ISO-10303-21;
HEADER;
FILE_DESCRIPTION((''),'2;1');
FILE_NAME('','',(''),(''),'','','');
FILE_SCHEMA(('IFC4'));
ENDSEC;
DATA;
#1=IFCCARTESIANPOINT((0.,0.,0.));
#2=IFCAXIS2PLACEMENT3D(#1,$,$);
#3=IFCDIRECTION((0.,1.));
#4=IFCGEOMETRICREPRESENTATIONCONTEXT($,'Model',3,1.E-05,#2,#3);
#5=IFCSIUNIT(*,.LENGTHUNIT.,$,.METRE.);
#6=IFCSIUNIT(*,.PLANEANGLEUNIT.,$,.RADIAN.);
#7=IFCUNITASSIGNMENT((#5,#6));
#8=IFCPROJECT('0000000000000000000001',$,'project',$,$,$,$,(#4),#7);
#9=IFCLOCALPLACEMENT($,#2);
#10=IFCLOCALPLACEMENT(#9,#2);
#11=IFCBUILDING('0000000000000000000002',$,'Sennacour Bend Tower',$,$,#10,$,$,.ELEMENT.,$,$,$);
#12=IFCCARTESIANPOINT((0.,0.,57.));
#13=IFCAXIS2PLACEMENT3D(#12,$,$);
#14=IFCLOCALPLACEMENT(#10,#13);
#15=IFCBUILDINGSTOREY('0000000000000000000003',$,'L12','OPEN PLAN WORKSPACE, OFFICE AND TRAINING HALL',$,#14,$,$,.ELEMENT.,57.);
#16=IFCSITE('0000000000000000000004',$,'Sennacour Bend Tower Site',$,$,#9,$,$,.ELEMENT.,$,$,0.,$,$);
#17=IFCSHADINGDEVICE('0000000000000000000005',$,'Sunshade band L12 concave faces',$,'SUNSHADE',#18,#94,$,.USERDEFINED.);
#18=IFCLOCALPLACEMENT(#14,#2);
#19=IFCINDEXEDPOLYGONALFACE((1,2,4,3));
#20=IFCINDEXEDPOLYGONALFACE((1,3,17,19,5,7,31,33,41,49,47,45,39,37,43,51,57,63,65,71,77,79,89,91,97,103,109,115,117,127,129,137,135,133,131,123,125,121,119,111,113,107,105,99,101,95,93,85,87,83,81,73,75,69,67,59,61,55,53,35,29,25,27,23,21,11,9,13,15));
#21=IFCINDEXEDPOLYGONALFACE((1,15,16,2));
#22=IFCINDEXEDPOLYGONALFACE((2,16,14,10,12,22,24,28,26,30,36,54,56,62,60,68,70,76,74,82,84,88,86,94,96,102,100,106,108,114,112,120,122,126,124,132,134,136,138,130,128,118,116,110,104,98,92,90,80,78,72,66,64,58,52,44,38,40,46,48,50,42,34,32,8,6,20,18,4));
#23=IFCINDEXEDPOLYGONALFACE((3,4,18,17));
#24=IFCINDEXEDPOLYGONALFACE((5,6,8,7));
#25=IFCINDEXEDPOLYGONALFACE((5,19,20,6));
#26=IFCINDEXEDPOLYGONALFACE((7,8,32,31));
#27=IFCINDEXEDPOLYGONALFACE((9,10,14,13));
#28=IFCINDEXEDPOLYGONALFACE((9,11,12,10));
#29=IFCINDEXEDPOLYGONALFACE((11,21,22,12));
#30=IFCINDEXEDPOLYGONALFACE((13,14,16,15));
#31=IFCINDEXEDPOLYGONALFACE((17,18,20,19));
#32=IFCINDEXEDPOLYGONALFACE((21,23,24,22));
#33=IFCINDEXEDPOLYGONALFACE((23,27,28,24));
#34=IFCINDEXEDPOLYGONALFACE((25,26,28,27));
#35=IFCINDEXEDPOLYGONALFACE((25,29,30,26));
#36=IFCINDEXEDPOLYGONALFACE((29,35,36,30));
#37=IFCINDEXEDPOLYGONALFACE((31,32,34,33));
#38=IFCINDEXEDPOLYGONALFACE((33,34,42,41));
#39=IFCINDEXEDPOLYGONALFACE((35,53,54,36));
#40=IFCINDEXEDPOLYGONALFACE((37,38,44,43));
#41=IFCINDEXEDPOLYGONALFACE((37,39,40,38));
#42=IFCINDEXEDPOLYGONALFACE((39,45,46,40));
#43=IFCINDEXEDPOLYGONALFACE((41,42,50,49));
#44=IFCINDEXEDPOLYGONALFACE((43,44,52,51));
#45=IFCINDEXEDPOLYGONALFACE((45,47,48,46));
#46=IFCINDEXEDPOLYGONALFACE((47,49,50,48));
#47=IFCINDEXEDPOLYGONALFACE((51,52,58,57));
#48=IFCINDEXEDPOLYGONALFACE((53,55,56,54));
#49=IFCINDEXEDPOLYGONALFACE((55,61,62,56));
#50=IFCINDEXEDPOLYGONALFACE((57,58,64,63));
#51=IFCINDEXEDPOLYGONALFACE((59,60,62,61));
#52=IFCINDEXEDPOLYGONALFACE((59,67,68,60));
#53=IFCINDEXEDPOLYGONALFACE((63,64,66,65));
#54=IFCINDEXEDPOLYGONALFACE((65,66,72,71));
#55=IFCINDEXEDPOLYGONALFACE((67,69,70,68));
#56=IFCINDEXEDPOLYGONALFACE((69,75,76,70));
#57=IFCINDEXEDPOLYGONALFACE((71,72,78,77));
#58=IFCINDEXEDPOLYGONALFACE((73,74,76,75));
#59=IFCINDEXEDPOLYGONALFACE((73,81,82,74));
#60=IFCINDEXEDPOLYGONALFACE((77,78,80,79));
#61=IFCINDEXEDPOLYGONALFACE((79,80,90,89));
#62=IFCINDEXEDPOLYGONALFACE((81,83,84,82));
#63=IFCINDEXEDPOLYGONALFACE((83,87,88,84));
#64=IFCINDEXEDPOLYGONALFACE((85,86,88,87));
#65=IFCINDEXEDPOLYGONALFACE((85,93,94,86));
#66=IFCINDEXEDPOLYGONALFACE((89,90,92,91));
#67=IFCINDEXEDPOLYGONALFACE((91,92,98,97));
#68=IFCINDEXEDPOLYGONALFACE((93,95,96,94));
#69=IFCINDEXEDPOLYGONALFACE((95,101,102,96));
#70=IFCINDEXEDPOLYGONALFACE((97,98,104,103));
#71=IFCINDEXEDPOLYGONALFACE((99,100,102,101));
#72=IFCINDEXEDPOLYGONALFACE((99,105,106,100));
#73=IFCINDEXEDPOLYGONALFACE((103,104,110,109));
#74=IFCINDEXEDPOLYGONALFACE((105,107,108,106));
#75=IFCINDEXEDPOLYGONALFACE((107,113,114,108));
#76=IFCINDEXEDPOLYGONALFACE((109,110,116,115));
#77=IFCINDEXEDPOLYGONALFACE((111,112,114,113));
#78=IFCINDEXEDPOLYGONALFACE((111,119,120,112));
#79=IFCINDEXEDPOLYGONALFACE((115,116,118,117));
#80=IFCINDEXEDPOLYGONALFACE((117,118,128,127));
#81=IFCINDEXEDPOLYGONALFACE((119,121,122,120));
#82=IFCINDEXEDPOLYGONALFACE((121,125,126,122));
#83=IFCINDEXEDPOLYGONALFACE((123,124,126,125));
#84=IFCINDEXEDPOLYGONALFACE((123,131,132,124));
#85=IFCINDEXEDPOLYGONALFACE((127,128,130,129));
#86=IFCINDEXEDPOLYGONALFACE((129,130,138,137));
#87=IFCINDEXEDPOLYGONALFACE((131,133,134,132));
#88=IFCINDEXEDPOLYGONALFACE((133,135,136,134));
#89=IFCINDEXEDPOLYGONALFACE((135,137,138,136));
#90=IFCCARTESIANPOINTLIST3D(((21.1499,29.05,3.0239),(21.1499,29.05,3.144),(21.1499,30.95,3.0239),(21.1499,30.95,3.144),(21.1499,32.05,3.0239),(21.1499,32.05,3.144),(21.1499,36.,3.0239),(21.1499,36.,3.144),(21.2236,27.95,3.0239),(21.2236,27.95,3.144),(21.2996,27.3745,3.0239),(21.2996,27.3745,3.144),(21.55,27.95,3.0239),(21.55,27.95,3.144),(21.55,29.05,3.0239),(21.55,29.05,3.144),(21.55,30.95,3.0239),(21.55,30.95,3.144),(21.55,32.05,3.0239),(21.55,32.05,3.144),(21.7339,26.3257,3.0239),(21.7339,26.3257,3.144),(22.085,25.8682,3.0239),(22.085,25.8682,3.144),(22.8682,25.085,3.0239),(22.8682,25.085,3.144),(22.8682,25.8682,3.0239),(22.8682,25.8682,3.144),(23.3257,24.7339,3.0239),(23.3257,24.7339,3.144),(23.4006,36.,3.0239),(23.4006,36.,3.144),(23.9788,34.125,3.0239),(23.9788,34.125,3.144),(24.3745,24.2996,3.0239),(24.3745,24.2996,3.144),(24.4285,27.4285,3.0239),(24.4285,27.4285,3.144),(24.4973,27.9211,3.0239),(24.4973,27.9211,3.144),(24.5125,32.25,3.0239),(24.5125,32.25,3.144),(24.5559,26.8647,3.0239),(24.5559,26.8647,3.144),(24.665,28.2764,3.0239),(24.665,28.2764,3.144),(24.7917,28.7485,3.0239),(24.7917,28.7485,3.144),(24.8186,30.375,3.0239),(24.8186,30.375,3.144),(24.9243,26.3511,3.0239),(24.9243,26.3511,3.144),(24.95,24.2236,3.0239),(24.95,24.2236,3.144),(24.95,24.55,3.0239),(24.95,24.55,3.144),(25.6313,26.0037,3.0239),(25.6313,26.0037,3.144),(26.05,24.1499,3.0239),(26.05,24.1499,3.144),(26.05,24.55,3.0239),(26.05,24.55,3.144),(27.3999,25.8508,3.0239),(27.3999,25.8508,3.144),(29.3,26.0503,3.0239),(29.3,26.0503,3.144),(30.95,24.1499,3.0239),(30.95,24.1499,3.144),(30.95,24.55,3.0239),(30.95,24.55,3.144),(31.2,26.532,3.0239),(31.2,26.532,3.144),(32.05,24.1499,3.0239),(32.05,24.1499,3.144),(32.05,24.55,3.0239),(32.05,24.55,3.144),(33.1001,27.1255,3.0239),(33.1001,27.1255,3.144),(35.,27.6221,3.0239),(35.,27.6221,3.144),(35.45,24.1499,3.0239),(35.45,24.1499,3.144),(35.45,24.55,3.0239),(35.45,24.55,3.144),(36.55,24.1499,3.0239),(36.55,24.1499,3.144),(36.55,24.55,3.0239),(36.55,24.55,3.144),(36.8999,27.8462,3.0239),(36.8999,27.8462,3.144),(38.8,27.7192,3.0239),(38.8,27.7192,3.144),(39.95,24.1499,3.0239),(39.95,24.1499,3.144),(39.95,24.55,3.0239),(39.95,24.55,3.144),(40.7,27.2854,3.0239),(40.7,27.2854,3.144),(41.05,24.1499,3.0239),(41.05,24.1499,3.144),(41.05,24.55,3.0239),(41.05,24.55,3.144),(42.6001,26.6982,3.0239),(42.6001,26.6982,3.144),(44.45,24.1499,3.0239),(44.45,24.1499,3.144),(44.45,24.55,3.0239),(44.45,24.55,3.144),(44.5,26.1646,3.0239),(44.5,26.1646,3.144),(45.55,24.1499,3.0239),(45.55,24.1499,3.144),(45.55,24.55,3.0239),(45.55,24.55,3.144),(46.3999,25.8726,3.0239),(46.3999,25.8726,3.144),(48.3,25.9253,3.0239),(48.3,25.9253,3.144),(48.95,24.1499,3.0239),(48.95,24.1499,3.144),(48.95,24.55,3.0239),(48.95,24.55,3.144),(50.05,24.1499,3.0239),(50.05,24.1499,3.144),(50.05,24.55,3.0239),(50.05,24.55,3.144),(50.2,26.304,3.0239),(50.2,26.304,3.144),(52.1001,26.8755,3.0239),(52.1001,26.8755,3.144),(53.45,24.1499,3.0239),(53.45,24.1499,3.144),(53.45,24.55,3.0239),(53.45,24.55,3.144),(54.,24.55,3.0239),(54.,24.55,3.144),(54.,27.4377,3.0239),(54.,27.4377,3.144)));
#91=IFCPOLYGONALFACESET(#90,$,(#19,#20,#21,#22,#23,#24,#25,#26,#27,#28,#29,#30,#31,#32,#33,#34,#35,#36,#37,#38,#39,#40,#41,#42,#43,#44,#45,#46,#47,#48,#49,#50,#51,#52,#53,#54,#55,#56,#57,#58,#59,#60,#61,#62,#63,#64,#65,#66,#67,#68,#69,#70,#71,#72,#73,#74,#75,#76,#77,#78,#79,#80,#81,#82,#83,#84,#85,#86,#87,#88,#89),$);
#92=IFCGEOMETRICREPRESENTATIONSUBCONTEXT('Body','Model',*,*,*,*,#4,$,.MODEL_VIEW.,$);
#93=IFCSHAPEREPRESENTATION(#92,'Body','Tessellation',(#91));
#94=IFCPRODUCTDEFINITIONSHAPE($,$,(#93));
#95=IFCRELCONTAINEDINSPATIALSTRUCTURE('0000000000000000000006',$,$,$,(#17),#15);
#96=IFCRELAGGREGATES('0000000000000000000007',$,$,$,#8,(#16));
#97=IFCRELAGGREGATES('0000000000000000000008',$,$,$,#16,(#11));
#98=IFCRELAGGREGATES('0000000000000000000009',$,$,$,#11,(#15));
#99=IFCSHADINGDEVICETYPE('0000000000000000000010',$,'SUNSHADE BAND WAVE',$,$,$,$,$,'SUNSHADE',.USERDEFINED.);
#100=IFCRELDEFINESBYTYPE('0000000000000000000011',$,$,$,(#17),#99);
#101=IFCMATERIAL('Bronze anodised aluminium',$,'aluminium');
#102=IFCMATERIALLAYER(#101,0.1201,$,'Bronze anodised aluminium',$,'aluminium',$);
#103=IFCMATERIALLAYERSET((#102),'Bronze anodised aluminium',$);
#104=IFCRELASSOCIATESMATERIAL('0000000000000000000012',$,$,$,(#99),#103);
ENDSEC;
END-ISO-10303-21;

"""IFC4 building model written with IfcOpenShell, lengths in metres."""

from ifc_helpers import new_model, si_unit, direction, frame, origin, place, context, subcontext, project, spatial, polyline, outline, extrude, material, layer, layer_set, type_object, element, save


model = new_model("IFC4")

# Units and contexts
model_context = context("Model", 3, precision=1e-05, world=origin(), true_north=direction((0.0, 1.0)))
body_context = subcontext(model_context, "Body", "Model", "MODEL_VIEW")
ifc_project = project(units=[si_unit("LENGTHUNIT", "METRE"), si_unit("PLANEANGLEUNIT", "RADIAN")], contexts=[model_context])

# Site, building, storey
site_placement = place(None, origin())
site = spatial("IfcSite", under=ifc_project, at=site_placement, Name="Sennacour Bend Tower Site", CompositionType="ELEMENT", RefElevation=0.0)
building_placement = place(site_placement, origin())
building = spatial("IfcBuilding", under=site, at=building_placement, Name="Sennacour Bend Tower", CompositionType="ELEMENT")
storey_placement = place(building_placement, frame((0.0, 0.0, 57.0)))
storey = spatial("IfcBuildingStorey", under=building, at=storey_placement, Name="L12", Description="OPEN PLAN WORKSPACE, OFFICE AND TRAINING HALL", CompositionType="ELEMENT", Elevation=57.0)

# Shading device
ifc_material_1 = material(Name="Bronze anodised aluminium", Category="aluminium")
ifc_layer_1 = layer(ifc_material_1, 0.1201, Name="Bronze anodised aluminium", Category="aluminium")
ifc_layer_set_1 = layer_set([ifc_layer_1], Name="Bronze anodised aluminium")
shading_device_type_1 = type_object("IfcShadingDeviceType", Name="SUNSHADE BAND WAVE", ElementType="SUNSHADE", PredefinedType="USERDEFINED", material=ifc_layer_set_1)
shading_device_1_placement = place(storey_placement, frame((0.0, 0.0, 3.0239)))
element("IfcShadingDevice", 1, at=shading_device_1_placement, inside=storey, type_object=shading_device_type_1, Name="Sunshade band L12 concave faces", ObjectType="SUNSHADE", PredefinedType="USERDEFINED", context=body_context, shape_type="SweptSolid", body=[
    extrude(outline(polyline([(53.45, 24.1499), (50.05, 24.1499), (50.05, 24.55), (48.95, 24.55), (48.95, 24.1499), (45.55, 24.1499), (45.55, 24.55), (44.45, 24.55), (44.45, 24.1499), (41.05, 24.1499), (41.05, 24.55), (39.95, 24.55), (39.95, 24.1499), (36.55, 24.1499), (36.55, 24.55), (35.45, 24.55), (35.45, 24.1499), (32.05, 24.1499), (32.05, 24.55), (30.95, 24.55), (30.95, 24.1499), (26.05, 24.1499), (26.05, 24.55), (24.95, 24.55), (24.95, 24.2236), (24.3745, 24.2996), (23.3257, 24.7339), (22.8682, 25.085), (22.8682, 25.8682), (22.085, 25.8682), (21.7339, 26.3257), (21.2996, 27.3745), (21.2236, 27.95), (21.55, 27.95), (21.55, 29.05), (21.1499, 29.05), (21.1499, 30.95), (21.55, 30.95), (21.55, 32.05), (21.1499, 32.05), (21.1499, 36.0), (23.4006, 36.0), (23.9788, 34.125), (24.5125, 32.25), (24.8186, 30.375), (24.7917, 28.7485), (24.665, 28.2764), (24.4973, 27.9211), (24.4285, 27.4285), (24.5559, 26.8647), (24.9243, 26.3511), (25.6313, 26.0037), (27.3999, 25.8508), (29.3, 26.0503), (31.2, 26.532), (33.1001, 27.1255), (35.0, 27.6221), (36.8999, 27.8462), (38.8, 27.7192), (40.7, 27.2854), (42.6001, 26.6982), (44.5, 26.1646), (46.3999, 25.8726), (48.3, 25.9253), (50.2, 26.304), (52.1001, 26.8755), (54.0, 27.4377), (54.0, 24.55), (53.45, 24.55), (53.45, 24.1499)])), origin(), (0.0, 0.0, 1.0), 0.1201),
])

save(model, "model.ifc")
